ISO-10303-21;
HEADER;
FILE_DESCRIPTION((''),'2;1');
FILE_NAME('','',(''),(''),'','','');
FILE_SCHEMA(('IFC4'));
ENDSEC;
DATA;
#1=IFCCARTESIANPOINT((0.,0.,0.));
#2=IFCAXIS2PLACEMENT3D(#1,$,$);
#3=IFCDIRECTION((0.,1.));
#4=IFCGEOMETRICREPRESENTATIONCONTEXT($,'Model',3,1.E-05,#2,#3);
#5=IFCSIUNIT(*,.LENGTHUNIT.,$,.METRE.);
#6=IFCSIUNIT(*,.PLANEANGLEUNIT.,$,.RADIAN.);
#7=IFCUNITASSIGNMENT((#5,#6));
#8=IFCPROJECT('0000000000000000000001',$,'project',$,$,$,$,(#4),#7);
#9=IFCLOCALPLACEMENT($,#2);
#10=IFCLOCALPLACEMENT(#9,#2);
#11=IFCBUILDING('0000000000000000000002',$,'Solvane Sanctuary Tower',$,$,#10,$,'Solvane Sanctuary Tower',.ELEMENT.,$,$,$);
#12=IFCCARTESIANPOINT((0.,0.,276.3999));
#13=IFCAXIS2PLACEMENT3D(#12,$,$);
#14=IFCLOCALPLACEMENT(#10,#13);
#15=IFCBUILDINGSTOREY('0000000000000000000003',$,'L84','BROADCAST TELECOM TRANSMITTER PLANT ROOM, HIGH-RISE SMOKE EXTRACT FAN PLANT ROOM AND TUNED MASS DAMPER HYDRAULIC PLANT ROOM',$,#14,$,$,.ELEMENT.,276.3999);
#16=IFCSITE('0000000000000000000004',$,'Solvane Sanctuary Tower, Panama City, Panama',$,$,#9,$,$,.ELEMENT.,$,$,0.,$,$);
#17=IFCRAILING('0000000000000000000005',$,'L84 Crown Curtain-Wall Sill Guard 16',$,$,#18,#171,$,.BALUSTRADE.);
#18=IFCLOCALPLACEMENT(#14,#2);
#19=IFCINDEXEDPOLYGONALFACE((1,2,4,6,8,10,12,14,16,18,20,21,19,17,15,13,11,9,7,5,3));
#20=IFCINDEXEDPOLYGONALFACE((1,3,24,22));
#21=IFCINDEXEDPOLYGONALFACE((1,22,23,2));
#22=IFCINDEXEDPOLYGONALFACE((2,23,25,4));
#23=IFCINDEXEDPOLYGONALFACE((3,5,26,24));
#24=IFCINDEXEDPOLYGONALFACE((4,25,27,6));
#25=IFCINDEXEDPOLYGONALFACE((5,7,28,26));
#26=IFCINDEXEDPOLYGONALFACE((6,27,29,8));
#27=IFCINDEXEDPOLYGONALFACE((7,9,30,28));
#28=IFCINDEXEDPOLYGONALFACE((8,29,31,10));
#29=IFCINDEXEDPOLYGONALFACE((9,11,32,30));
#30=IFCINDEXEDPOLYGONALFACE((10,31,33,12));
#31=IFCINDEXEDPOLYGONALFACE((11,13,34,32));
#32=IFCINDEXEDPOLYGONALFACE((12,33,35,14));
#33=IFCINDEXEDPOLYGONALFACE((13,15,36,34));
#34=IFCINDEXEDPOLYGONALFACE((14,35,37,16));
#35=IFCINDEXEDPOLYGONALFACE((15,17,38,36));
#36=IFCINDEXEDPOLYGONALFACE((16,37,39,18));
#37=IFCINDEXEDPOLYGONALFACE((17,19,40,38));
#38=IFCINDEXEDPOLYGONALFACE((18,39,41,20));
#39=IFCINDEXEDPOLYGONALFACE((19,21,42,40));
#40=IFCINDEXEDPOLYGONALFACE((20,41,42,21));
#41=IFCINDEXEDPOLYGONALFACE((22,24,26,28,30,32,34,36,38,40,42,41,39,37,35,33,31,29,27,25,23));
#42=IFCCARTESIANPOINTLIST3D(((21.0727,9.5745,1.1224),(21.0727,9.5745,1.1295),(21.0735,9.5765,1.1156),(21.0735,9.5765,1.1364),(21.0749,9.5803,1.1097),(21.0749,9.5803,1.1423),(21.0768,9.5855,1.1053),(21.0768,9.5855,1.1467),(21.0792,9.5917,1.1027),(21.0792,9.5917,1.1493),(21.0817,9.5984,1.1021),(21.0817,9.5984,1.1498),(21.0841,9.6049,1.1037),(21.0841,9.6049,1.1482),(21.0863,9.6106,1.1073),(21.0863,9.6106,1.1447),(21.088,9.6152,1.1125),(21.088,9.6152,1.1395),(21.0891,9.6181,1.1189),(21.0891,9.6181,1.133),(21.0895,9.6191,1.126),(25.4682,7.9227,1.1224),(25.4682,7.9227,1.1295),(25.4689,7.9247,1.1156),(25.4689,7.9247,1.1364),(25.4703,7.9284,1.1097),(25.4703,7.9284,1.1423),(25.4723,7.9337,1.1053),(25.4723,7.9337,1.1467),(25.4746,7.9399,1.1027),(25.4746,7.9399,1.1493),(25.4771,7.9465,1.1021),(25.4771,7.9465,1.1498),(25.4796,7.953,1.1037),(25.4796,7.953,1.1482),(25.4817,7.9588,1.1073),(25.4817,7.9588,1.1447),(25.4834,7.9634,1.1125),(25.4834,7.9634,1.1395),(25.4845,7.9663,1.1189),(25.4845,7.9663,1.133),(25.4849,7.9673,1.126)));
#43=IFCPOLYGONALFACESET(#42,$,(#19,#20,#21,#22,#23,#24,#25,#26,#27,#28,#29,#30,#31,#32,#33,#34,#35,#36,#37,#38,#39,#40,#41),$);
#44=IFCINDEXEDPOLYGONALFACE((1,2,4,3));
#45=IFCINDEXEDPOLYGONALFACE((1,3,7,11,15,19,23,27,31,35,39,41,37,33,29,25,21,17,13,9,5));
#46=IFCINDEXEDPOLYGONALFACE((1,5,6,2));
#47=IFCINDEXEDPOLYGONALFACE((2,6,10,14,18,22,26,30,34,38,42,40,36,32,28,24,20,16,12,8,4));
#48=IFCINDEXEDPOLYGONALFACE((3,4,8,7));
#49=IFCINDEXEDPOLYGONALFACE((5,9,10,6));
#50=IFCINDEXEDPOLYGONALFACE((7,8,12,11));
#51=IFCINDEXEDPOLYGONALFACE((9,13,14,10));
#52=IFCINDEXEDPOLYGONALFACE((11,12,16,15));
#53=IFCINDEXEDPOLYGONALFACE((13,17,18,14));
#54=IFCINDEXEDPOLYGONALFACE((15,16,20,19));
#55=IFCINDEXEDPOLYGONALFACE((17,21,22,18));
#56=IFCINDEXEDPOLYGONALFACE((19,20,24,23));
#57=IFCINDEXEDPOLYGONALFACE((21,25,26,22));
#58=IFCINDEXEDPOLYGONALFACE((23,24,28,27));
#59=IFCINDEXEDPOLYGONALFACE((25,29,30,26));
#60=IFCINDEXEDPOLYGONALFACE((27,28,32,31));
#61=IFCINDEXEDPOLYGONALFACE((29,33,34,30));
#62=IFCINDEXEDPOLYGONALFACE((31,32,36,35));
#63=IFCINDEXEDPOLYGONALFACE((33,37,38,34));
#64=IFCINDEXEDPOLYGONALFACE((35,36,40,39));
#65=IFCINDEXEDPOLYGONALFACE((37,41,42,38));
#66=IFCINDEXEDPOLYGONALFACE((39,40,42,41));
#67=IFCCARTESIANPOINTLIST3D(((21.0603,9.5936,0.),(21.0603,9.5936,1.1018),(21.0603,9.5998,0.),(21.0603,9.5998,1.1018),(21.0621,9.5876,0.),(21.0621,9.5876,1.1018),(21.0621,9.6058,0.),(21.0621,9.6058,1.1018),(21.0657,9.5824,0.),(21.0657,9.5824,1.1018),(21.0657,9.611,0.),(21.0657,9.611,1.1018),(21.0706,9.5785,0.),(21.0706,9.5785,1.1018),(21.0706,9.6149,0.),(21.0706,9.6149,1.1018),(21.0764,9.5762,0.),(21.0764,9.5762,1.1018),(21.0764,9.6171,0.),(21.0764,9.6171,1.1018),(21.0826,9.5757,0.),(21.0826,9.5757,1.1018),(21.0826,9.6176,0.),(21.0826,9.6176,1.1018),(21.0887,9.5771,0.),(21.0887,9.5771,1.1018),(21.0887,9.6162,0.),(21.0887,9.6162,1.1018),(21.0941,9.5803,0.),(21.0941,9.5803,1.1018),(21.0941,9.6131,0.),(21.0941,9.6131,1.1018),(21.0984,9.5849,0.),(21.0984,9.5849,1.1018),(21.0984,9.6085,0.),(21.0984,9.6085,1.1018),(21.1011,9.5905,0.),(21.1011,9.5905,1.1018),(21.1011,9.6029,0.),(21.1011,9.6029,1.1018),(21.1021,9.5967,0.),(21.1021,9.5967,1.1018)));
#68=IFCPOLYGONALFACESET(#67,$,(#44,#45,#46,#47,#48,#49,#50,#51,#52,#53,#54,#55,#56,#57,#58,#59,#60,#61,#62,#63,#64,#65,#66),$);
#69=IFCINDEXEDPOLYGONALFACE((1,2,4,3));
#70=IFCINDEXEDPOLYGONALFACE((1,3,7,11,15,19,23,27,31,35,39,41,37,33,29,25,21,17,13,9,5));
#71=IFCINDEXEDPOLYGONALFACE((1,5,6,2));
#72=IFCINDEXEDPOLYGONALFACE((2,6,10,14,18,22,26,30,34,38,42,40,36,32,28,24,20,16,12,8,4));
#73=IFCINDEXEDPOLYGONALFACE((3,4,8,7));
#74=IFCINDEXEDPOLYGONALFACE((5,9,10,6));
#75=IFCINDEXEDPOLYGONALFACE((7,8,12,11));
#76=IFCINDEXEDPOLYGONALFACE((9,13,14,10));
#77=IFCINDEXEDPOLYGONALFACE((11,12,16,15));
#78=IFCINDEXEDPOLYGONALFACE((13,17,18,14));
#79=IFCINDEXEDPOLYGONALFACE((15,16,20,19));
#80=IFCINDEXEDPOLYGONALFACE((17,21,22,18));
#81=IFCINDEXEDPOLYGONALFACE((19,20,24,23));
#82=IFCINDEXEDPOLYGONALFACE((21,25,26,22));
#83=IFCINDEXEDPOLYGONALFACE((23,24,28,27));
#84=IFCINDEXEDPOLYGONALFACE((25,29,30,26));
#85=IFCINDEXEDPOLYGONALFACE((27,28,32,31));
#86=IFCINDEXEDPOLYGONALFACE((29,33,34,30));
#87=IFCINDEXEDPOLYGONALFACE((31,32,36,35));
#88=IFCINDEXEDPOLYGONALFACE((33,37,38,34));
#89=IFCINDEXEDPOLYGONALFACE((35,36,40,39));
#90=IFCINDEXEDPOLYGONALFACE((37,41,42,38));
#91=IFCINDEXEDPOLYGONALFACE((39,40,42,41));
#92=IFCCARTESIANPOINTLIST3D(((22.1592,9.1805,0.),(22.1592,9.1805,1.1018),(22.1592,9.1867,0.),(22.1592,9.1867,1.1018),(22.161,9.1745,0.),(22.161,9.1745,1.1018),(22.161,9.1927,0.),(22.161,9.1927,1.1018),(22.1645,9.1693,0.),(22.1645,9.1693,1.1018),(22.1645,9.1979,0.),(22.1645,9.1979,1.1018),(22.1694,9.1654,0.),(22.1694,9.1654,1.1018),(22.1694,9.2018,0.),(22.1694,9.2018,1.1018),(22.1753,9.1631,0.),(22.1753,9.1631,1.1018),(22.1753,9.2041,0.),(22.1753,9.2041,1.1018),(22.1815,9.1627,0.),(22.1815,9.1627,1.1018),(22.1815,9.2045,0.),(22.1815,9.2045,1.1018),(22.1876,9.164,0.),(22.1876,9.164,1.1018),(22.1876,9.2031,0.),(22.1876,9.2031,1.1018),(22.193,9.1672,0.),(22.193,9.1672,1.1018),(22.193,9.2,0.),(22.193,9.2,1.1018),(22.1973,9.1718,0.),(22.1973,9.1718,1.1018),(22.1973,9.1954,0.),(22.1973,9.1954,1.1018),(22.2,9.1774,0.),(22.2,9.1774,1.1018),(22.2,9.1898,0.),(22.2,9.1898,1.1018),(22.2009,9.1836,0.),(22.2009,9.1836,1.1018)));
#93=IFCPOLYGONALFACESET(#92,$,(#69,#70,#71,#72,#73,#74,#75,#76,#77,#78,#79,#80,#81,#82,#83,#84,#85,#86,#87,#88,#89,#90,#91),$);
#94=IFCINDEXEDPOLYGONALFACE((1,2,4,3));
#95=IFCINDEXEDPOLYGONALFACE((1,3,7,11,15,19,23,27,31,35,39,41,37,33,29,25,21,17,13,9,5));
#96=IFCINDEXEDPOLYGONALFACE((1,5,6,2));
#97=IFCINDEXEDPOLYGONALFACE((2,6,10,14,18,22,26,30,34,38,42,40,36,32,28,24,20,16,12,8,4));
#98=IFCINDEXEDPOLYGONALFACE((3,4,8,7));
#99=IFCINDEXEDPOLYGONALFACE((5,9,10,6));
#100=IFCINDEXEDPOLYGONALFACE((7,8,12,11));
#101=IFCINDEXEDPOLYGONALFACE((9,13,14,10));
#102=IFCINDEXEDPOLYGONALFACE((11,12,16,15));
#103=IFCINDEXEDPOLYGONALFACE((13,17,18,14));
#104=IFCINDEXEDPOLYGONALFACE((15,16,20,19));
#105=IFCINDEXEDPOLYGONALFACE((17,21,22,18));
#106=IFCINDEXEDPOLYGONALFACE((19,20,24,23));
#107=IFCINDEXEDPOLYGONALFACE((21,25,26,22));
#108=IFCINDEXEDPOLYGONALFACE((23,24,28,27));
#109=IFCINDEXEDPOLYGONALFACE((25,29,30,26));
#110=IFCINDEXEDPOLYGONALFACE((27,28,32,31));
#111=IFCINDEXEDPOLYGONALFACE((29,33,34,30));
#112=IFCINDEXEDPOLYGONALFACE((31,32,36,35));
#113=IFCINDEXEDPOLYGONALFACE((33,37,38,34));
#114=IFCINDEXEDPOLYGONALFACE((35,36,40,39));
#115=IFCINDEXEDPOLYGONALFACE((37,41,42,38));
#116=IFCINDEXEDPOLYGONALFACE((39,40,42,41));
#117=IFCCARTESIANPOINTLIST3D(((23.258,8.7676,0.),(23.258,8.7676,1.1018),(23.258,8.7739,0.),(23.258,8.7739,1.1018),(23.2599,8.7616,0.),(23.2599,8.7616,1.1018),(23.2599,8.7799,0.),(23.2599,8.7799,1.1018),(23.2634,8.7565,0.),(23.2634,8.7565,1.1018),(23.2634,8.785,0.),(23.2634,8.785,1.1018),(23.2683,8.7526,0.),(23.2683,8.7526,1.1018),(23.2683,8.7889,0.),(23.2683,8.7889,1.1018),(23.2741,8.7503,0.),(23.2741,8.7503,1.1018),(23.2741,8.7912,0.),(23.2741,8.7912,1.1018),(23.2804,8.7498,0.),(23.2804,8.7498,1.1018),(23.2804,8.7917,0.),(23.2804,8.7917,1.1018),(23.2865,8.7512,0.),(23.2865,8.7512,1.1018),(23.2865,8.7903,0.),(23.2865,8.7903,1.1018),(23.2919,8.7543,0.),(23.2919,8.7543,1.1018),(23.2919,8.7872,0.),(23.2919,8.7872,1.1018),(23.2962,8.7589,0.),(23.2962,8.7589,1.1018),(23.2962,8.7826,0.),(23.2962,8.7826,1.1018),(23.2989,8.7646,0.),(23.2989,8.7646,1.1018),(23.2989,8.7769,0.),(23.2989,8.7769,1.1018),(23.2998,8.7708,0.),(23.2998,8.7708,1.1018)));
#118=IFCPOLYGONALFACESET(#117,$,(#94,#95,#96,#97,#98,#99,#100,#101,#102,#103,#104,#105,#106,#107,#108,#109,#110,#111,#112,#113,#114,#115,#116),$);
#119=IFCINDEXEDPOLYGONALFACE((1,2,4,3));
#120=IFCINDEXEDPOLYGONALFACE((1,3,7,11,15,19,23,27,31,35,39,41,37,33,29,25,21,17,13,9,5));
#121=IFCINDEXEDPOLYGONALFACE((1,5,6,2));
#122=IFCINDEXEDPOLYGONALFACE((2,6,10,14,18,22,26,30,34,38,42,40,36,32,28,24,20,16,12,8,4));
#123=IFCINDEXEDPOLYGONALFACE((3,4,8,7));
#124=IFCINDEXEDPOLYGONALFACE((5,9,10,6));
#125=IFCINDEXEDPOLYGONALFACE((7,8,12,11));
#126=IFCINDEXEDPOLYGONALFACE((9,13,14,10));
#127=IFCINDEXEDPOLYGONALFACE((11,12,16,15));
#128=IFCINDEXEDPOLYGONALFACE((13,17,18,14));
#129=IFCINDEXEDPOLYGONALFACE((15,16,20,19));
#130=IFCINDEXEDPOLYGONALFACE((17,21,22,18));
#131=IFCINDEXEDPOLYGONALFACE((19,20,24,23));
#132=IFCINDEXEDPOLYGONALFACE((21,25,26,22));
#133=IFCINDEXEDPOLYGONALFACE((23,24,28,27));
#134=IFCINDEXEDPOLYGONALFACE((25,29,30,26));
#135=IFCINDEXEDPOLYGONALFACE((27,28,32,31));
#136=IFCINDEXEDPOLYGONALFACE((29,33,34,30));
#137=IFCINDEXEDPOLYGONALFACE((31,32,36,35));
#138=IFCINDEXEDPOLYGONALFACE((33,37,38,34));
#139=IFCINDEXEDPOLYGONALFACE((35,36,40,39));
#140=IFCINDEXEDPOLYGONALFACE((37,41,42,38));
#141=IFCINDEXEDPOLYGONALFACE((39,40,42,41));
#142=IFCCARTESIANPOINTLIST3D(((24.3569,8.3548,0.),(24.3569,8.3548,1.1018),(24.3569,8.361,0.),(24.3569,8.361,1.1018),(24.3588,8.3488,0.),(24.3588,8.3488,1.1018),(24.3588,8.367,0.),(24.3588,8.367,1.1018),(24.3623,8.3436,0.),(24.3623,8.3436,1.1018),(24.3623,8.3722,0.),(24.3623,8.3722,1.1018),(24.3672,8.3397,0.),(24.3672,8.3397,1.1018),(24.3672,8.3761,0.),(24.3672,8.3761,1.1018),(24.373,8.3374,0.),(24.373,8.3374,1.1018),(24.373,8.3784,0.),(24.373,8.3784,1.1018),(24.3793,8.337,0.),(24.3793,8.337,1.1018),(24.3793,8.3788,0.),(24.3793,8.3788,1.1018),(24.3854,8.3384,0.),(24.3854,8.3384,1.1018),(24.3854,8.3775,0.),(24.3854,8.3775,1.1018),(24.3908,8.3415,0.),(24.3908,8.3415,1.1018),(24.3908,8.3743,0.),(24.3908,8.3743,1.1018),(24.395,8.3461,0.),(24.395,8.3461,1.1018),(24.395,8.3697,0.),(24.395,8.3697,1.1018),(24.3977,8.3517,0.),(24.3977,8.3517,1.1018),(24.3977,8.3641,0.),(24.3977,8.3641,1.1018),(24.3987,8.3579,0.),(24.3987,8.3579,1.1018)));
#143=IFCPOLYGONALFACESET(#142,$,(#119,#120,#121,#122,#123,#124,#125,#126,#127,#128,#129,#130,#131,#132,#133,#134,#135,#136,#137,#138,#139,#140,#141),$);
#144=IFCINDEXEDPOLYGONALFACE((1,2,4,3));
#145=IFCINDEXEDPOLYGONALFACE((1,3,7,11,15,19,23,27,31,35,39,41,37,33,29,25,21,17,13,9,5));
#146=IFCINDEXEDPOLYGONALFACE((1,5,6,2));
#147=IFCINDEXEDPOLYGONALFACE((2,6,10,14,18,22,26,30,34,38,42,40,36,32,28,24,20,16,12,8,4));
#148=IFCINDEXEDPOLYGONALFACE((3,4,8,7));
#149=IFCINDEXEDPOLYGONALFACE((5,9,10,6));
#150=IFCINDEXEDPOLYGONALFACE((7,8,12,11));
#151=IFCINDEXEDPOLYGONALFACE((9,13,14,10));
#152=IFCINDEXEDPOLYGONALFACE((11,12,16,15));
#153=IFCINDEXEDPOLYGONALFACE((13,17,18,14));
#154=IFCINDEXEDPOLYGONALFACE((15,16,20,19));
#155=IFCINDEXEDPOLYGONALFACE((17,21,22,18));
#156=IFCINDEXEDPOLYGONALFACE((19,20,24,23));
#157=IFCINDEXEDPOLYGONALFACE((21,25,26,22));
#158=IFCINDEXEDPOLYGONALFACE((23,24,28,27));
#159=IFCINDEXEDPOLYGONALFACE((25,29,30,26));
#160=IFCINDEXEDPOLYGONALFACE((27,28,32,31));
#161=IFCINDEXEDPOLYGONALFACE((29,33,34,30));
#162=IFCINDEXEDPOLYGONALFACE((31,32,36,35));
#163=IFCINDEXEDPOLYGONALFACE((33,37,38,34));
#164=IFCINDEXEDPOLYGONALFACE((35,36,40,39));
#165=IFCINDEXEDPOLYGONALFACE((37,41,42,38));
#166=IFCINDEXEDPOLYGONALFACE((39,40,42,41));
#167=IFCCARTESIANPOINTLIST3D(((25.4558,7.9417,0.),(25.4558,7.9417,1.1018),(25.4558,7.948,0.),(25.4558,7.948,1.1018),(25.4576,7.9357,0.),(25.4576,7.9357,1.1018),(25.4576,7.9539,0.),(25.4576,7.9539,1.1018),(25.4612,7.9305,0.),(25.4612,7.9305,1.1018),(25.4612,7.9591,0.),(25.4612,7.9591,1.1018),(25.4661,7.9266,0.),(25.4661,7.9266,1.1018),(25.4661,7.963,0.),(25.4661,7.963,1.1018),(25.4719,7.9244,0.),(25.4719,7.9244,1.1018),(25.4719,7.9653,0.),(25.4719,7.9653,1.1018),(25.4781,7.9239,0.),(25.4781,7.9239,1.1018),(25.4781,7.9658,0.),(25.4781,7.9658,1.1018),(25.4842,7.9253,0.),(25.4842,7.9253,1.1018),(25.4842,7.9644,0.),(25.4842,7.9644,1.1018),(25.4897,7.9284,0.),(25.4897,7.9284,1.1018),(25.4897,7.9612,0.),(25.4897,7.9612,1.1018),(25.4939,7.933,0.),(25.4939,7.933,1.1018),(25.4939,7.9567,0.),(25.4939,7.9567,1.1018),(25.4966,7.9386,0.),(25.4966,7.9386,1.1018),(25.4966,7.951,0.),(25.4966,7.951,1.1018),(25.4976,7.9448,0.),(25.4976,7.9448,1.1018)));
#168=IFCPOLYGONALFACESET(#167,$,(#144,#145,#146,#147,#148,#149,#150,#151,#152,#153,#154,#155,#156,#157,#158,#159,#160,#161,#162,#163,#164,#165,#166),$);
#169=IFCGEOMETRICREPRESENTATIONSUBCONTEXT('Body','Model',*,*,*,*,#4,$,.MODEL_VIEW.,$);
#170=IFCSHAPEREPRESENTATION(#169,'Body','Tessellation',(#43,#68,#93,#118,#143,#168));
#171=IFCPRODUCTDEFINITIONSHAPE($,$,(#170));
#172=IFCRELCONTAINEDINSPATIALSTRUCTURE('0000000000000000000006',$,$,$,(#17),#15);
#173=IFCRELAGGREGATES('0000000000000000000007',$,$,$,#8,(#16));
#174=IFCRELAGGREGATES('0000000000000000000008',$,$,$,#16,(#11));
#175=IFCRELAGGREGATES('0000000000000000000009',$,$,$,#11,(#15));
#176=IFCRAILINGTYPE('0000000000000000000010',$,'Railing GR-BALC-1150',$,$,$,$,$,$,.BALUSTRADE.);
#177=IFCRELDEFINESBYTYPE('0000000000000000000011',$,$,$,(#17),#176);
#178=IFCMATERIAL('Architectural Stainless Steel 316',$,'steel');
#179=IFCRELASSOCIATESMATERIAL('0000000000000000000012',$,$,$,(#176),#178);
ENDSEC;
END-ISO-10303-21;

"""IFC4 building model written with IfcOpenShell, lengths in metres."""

from ifc_helpers import new_model, si_unit, direction, frame, origin, origin_2d, place, context, subcontext, project, spatial, circle, extrude, material, type_object, element, save


model = new_model("IFC4")

# Units and contexts
model_context = context("Model", 3, precision=1e-05, world=origin(), true_north=direction((0.0, 1.0)))
body_context = subcontext(model_context, "Body", "Model", "MODEL_VIEW")
ifc_project = project(units=[si_unit("LENGTHUNIT", "METRE"), si_unit("PLANEANGLEUNIT", "RADIAN")], contexts=[model_context])

# Site, building, storey
site_placement = place(None, origin())
site = spatial("IfcSite", under=ifc_project, at=site_placement, Name="Solvane Sanctuary Tower, Panama City, Panama", CompositionType="ELEMENT", RefElevation=0.0)
building_placement = place(site_placement, origin())
building = spatial("IfcBuilding", under=site, at=building_placement, Name="Solvane Sanctuary Tower", LongName="Solvane Sanctuary Tower", CompositionType="ELEMENT")
storey_placement = place(building_placement, frame((0.0, 0.0, 276.3999)))
storey = spatial("IfcBuildingStorey", under=building, at=storey_placement, Name="L84", Description="BROADCAST TELECOM TRANSMITTER PLANT ROOM, HIGH-RISE SMOKE EXTRACT FAN PLANT ROOM AND TUNED MASS DAMPER HYDRAULIC PLANT ROOM", CompositionType="ELEMENT", Elevation=276.3999)

# Shared definitions
ifc_material_1 = material(Name="Architectural Stainless Steel 316", Category="steel")

# Railing
railing_type = type_object("IfcRailingType", Name="Railing GR-BALC-1150", PredefinedType="BALUSTRADE", material=ifc_material_1)
railing_1_placement = place(storey_placement, frame((21.0811, 9.5967, 0.0)))
element("IfcRailing", 1, at=railing_1_placement, inside=storey, type_object=railing_type, Name="L84 Crown Curtain-Wall Sill Guard 16", PredefinedType="BALUSTRADE", context=body_context, shape_type="SweptSolid", body=[
    extrude(circle(Radius=0.0239, at=origin_2d()), frame((0.0, 0.0, 1.126), z_axis=(0.936081, -0.351784, 0.0), x_axis=(0.351784, 0.936081, 0.0)), (0.0, 0.0, 1.0), 4.6956),
    extrude(circle(Radius=0.021, at=origin_2d()), origin(), (0.0, 0.0, 1.0), 1.1018),
    extrude(circle(Radius=0.021, at=origin_2d()), frame((1.0989, -0.4131, 0.0)), (0.0, 0.0, 1.0), 1.1018),
    extrude(circle(Radius=0.021, at=origin_2d()), frame((2.1978, -0.8259, 0.0)), (0.0, 0.0, 1.0), 1.1018),
    extrude(circle(Radius=0.021, at=origin_2d()), frame((3.2966, -1.2388, 0.0)), (0.0, 0.0, 1.0), 1.1018),
    extrude(circle(Radius=0.021, at=origin_2d()), frame((4.3955, -1.6519, 0.0)), (0.0, 0.0, 1.0), 1.1018),
])

save(model, "model.ifc")
